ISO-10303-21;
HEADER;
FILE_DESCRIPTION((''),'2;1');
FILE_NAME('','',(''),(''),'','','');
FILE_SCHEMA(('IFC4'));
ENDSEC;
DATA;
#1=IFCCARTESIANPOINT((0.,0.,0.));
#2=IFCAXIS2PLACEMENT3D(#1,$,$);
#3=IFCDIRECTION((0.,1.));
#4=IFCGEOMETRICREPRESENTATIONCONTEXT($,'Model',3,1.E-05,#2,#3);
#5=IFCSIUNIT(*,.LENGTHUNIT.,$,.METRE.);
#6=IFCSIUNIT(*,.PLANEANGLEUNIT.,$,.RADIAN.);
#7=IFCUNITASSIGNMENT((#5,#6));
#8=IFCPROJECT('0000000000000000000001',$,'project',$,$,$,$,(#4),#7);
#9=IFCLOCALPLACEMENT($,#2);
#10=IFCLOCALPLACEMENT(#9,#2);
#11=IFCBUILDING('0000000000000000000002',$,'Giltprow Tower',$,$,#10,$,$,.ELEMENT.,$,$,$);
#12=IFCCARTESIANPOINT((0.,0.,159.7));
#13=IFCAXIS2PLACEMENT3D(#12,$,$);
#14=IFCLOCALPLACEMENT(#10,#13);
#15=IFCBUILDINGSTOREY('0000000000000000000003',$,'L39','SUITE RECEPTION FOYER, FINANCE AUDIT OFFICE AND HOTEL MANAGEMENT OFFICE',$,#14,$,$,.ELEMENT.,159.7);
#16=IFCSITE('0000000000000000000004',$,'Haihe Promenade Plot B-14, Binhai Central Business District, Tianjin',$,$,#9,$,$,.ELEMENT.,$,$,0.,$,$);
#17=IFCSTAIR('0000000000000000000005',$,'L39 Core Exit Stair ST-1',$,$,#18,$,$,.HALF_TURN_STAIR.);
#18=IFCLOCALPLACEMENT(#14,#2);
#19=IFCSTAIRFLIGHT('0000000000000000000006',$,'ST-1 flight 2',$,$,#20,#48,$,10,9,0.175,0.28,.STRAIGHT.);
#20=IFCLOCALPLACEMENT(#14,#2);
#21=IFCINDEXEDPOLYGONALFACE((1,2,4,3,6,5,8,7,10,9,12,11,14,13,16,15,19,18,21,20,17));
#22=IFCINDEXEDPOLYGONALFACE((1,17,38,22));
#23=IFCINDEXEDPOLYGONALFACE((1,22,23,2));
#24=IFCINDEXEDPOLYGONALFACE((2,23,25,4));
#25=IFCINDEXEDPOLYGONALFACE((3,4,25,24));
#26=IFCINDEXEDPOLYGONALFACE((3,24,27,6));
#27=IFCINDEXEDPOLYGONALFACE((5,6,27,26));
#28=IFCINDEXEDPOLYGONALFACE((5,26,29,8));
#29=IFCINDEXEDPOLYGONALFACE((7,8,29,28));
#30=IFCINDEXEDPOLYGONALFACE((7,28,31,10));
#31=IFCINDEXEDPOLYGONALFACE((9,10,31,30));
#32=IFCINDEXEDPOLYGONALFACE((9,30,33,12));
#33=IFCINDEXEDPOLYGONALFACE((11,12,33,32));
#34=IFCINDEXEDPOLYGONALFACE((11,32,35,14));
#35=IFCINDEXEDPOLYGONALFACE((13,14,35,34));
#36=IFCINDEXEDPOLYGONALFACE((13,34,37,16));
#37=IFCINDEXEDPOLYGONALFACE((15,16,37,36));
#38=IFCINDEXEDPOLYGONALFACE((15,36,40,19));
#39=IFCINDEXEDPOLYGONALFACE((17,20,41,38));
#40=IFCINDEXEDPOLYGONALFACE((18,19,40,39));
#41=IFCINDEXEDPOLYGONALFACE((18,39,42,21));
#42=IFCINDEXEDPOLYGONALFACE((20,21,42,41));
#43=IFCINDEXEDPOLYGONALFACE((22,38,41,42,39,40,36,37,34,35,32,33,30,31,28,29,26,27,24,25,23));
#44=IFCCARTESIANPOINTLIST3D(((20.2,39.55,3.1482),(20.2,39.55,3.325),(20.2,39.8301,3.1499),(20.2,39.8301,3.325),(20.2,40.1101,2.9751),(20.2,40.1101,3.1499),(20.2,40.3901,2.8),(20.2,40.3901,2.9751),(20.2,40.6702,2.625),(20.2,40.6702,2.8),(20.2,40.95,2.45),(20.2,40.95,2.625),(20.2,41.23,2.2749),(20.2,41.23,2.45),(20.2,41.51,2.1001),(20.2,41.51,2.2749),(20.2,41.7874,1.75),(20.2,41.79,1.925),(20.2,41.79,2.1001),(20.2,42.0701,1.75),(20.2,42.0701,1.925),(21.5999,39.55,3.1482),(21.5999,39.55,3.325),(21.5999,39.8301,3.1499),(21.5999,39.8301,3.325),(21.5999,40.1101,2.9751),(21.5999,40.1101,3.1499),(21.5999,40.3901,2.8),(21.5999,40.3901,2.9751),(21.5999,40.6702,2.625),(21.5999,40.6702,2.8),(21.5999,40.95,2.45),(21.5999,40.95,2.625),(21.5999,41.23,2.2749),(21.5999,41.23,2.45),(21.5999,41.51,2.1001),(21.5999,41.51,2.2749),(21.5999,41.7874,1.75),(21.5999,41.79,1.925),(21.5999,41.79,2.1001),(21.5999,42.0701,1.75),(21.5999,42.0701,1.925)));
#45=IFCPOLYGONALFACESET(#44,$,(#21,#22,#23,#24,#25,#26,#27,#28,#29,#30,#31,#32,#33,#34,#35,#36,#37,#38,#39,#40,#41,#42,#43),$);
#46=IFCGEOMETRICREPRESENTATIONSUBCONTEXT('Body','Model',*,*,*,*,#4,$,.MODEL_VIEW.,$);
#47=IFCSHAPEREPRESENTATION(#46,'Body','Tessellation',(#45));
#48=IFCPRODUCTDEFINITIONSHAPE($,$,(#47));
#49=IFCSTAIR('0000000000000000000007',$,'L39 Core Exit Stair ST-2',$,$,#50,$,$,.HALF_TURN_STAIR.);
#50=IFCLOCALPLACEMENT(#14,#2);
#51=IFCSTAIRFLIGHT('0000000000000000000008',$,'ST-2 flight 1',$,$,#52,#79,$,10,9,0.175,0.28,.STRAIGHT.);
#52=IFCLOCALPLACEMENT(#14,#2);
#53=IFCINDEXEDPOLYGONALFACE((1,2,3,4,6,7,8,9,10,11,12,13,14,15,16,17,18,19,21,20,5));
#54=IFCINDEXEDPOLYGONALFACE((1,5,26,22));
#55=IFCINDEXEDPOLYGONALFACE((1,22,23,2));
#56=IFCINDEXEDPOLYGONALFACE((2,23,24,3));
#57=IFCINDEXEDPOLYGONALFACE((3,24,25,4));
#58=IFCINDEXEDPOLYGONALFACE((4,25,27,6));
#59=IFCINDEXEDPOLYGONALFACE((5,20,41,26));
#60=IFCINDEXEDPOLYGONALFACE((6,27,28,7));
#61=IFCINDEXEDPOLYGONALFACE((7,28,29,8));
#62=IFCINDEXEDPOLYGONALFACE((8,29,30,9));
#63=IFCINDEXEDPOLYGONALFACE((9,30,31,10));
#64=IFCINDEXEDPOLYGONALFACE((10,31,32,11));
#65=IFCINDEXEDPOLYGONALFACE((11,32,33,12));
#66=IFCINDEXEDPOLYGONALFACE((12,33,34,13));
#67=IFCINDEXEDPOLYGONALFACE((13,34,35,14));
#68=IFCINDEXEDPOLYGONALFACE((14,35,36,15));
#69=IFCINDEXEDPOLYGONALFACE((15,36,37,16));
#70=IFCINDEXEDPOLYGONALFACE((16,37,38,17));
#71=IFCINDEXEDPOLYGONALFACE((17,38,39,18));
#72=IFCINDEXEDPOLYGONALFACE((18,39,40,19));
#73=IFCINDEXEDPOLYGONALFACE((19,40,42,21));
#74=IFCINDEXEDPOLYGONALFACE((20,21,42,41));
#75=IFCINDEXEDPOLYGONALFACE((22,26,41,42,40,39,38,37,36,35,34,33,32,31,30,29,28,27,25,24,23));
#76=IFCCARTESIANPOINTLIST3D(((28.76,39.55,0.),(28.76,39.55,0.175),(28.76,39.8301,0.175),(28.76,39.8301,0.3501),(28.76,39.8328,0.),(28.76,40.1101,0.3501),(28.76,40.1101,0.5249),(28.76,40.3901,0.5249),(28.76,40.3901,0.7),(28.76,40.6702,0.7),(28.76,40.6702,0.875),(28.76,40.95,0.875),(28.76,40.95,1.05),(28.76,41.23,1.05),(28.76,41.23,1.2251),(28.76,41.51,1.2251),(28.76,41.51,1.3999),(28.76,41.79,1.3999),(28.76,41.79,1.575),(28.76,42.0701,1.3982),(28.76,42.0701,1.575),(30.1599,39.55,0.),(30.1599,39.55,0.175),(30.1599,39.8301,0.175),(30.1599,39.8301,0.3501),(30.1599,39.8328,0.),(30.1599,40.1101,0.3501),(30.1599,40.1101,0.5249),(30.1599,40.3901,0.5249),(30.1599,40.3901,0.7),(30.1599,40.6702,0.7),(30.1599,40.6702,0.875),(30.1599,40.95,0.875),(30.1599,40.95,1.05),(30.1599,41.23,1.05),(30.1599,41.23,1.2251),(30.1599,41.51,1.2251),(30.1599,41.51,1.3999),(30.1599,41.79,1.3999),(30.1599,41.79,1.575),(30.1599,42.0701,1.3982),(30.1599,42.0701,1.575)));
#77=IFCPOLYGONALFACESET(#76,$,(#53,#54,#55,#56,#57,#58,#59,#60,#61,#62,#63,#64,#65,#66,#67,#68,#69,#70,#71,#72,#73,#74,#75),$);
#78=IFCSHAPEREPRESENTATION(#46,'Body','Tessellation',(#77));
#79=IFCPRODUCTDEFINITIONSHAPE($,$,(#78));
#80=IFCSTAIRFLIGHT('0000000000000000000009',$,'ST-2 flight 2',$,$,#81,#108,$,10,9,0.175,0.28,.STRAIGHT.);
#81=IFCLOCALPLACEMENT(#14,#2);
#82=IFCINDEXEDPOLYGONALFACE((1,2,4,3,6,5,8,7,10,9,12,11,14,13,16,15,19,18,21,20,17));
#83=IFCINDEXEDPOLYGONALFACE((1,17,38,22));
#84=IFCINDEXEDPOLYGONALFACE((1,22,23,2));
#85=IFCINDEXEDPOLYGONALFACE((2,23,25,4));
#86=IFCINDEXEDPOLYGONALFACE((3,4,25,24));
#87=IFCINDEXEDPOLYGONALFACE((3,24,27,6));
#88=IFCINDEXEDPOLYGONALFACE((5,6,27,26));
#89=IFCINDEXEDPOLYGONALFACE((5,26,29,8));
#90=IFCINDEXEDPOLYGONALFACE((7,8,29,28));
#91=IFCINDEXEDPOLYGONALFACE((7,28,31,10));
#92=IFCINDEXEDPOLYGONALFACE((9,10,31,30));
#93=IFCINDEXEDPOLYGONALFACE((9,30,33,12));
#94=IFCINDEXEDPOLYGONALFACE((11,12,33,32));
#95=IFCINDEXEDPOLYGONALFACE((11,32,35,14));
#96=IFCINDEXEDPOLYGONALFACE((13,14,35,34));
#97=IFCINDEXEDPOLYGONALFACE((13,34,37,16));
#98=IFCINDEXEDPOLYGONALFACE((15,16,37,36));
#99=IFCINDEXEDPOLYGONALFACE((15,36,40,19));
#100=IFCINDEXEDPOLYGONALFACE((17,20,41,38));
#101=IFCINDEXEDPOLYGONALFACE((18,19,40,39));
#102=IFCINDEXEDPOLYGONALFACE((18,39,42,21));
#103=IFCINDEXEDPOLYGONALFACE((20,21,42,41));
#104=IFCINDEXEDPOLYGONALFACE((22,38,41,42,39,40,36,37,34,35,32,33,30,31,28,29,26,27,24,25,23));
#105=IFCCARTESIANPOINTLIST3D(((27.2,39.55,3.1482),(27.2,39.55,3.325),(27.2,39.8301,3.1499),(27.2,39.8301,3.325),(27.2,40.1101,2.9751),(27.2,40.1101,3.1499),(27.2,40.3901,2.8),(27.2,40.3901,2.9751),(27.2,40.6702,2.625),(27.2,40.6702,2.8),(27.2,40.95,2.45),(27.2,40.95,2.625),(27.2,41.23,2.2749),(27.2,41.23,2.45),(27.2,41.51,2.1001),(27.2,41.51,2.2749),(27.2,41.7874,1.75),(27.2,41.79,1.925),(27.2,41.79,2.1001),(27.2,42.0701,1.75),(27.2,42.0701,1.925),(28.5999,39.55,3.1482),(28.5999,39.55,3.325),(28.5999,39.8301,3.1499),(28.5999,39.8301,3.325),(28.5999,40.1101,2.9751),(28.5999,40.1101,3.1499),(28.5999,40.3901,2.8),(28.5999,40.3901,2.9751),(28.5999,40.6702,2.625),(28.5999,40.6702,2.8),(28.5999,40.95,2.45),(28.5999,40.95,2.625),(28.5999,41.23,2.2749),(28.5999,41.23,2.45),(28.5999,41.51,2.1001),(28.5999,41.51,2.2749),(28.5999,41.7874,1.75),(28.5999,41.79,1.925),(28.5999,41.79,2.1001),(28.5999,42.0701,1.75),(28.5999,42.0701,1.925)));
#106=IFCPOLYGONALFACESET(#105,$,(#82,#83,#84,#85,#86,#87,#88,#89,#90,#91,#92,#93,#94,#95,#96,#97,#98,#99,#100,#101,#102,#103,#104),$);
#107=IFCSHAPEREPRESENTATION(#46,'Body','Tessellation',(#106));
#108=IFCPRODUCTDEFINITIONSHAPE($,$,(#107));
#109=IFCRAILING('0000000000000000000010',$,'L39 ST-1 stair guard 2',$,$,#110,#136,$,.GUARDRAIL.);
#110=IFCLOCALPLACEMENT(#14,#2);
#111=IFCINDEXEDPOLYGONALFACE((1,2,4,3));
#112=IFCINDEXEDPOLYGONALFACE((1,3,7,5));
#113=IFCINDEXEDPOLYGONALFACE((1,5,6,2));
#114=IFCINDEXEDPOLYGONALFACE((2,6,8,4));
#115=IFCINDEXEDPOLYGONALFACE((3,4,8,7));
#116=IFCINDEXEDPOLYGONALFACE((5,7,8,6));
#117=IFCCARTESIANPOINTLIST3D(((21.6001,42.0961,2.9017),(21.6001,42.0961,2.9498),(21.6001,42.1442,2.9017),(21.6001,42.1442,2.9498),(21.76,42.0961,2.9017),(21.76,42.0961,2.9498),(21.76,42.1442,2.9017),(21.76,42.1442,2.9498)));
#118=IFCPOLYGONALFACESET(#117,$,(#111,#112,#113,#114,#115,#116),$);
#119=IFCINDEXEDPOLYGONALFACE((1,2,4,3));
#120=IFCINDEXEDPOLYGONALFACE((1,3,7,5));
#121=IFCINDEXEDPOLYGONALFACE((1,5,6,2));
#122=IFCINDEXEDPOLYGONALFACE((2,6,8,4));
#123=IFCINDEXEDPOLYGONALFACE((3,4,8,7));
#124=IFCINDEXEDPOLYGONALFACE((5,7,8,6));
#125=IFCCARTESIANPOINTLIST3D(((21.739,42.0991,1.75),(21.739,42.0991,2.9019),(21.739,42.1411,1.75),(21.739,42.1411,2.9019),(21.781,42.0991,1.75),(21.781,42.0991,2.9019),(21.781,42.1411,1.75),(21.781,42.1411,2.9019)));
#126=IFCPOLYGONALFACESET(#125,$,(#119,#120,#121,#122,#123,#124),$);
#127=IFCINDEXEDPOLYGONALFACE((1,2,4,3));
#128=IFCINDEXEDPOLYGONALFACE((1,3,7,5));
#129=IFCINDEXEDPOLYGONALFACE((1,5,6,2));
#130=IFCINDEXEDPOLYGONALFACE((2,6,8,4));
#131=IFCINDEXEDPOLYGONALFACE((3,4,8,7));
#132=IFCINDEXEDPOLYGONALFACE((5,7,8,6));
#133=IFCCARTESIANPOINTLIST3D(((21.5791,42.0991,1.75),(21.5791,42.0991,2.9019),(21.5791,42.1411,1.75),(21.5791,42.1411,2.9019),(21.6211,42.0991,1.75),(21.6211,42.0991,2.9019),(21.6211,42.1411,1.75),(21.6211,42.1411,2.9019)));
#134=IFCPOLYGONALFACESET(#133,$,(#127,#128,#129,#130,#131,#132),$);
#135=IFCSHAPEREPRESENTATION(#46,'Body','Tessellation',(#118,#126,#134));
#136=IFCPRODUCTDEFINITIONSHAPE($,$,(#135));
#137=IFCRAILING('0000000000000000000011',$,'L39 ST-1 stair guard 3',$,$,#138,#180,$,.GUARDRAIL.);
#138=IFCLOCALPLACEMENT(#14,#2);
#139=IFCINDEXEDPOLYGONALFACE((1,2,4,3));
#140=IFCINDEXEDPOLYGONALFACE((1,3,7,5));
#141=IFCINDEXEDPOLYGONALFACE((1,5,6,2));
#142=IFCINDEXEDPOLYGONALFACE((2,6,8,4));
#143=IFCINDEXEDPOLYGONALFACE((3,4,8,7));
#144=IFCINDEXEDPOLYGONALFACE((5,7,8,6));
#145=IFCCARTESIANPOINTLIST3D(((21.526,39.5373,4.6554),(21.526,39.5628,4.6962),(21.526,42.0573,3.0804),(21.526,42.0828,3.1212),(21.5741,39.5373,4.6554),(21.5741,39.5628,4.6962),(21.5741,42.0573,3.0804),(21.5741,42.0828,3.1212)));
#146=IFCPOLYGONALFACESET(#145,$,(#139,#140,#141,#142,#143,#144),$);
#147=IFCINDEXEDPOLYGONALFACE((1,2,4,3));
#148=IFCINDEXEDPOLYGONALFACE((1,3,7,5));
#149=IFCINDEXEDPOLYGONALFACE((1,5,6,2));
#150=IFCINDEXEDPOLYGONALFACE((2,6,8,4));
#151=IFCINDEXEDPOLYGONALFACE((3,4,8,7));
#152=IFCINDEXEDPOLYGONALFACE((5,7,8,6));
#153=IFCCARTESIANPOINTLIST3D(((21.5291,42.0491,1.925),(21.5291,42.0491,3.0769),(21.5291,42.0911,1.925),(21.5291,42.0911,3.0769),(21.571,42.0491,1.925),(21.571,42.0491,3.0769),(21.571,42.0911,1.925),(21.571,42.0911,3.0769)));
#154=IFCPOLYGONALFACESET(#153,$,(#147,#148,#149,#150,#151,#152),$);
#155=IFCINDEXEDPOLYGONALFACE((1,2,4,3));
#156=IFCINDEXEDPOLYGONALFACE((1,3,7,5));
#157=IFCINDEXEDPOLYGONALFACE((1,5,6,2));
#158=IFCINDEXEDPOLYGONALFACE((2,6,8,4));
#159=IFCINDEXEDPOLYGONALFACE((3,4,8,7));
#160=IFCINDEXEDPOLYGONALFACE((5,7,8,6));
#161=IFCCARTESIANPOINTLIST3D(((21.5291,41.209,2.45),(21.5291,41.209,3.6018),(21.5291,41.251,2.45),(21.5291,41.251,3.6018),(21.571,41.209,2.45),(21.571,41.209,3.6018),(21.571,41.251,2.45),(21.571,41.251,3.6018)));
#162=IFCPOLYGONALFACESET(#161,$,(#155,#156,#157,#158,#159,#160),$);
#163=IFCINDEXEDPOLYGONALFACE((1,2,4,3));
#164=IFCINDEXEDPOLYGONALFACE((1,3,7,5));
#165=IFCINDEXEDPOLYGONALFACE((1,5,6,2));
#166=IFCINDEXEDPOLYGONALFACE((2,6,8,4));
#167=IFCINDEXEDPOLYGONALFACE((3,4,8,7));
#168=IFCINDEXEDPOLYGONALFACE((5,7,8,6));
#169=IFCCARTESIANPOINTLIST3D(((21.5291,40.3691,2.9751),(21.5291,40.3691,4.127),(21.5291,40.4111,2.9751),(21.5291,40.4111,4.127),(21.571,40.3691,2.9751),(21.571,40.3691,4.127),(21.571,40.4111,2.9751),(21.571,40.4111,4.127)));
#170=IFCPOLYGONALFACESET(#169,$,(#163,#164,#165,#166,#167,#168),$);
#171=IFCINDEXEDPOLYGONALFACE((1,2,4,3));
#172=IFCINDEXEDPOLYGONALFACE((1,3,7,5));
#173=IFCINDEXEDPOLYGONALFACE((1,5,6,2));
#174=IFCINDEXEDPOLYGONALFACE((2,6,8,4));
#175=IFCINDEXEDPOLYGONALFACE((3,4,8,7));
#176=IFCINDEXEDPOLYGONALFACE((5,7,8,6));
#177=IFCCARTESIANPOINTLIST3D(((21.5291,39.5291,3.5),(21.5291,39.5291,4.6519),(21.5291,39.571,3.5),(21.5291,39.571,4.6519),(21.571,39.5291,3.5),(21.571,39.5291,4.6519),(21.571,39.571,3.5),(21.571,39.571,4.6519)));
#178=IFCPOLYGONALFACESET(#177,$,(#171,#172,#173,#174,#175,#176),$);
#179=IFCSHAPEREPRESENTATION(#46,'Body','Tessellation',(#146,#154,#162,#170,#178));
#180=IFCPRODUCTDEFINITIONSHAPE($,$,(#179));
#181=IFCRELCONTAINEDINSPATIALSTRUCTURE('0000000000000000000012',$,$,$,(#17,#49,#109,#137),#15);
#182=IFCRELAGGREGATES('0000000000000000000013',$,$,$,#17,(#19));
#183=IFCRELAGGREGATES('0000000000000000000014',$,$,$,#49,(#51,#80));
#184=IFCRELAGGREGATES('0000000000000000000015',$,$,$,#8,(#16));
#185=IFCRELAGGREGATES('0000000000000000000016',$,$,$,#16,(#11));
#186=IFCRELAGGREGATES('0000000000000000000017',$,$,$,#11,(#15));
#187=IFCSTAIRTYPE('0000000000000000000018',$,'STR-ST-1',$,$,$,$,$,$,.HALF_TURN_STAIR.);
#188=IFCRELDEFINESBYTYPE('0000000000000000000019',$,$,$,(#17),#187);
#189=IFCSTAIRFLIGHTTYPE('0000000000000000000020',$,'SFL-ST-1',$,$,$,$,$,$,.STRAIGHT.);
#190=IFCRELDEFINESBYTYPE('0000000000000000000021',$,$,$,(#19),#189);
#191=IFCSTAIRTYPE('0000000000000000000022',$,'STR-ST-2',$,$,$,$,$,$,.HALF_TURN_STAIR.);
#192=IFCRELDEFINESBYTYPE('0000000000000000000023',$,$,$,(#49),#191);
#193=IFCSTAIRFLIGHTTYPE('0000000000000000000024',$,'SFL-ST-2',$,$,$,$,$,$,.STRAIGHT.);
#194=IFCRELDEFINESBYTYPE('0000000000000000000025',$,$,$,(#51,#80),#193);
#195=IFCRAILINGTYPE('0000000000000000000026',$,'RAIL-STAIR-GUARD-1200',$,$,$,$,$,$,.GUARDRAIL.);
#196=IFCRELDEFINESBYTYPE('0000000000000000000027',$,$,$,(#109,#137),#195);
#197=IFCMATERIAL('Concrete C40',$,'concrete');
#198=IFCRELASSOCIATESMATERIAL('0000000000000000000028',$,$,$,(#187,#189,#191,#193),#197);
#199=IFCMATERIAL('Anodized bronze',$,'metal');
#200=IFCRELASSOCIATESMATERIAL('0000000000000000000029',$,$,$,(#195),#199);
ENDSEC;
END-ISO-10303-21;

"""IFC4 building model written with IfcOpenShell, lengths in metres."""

from ifc_helpers import new_model, si_unit, direction, frame, origin, origin_2d, place, context, subcontext, project, spatial, polyline, rectangle, outline, extrude, material, type_object, element, aggregate, save


model = new_model("IFC4")

# Units and contexts
model_context = context("Model", 3, precision=1e-05, world=origin(), true_north=direction((0.0, 1.0)))
body_context = subcontext(model_context, "Body", "Model", "MODEL_VIEW")
ifc_project = project(units=[si_unit("LENGTHUNIT", "METRE"), si_unit("PLANEANGLEUNIT", "RADIAN")], contexts=[model_context])

# Site, building, storey
site_placement = place(None, origin())
site = spatial("IfcSite", under=ifc_project, at=site_placement, Name="Haihe Promenade Plot B-14, Binhai Central Business District, Tianjin", CompositionType="ELEMENT", RefElevation=0.0)
building_placement = place(site_placement, origin())
building = spatial("IfcBuilding", under=site, at=building_placement, Name="Giltprow Tower", CompositionType="ELEMENT")
storey_placement = place(building_placement, frame((0.0, 0.0, 159.7)))
storey = spatial("IfcBuildingStorey", under=building, at=storey_placement, Name="L39", Description="SUITE RECEPTION FOYER, FINANCE AUDIT OFFICE AND HOTEL MANAGEMENT OFFICE", CompositionType="ELEMENT", Elevation=159.7)

# Shared definitions
ifc_material_1 = material(Name="Concrete C40", Category="concrete")

# Stair, stair flight
stair_type_1 = type_object("IfcStairType", Name="STR-ST-1", PredefinedType="HALF_TURN_STAIR", material=ifc_material_1)
stair_1_placement = place(storey_placement, origin())
stair_1 = element("IfcStair", 1, at=stair_1_placement, inside=storey, type_object=stair_type_1, Name="L39 Core Exit Stair ST-1", PredefinedType="HALF_TURN_STAIR")
stair_flight_type_1 = type_object("IfcStairFlightType", Name="SFL-ST-1", PredefinedType="STRAIGHT", material=ifc_material_1)
stair_flight_1_placement = place(storey_placement, frame((20.8999, 42.0701, 1.75), z_axis=(0.0, 0.0, 1.0), x_axis=(0.0, -1.0, 0.0)))
stair_flight_1 = element("IfcStairFlight", 2, at=stair_flight_1_placement, type_object=stair_flight_type_1, Name="ST-1 flight 2", NumberOfRisers=10, NumberOfTreads=9, PredefinedType="STRAIGHT", RiserHeight=0.175, TreadLength=0.28, context=body_context, shape_type="SweptSolid", body=[
    extrude(outline(polyline([(0.0, 0.0), (0.0, 0.175), (0.28, 0.175), (0.28, 0.3501), (0.5601, 0.3501), (0.5601, 0.5249), (0.8401, 0.5249), (0.8401, 0.7), (1.1201, 0.7), (1.1201, 0.875), (1.3999, 0.875), (1.3999, 1.05), (1.6799, 1.05), (1.6799, 1.2251), (1.96, 1.2251), (1.96, 1.3999), (2.24, 1.3999), (2.24, 1.575), (2.52, 1.575), (2.52, 1.75), (2.52, 1.3982), (0.2827, 0.0), (0.0, 0.0)])), frame((0.0, 0.7, 0.0), z_axis=(0.0, -1.0, 0.0), x_axis=(1.0, 0.0, 0.0)), (0.0, 0.0, 1.0), 1.3999),
])
aggregate(stair_1, [stair_flight_1])

# Stair, stair flights
stair_type_2 = type_object("IfcStairType", Name="STR-ST-2", PredefinedType="HALF_TURN_STAIR", material=ifc_material_1)
stair_2_placement = place(storey_placement, origin())
stair_2 = element("IfcStair", 3, at=stair_2_placement, inside=storey, type_object=stair_type_2, Name="L39 Core Exit Stair ST-2", PredefinedType="HALF_TURN_STAIR")
stair_flight_type_2 = type_object("IfcStairFlightType", Name="SFL-ST-2", PredefinedType="STRAIGHT", material=ifc_material_1)
stair_flight_2_placement = place(storey_placement, frame((29.46, 39.55, 0.0), z_axis=(0.0, 0.0, 1.0), x_axis=(0.0, 1.0, 0.0)))
stair_flight_2 = element("IfcStairFlight", 4, at=stair_flight_2_placement, type_object=stair_flight_type_2, Name="ST-2 flight 1", NumberOfRisers=10, NumberOfTreads=9, PredefinedType="STRAIGHT", RiserHeight=0.175, TreadLength=0.28, context=body_context, shape_type="SweptSolid", body=[
    extrude(outline(polyline([(0.0, 0.0), (0.0, 0.175), (0.28, 0.175), (0.28, 0.3501), (0.5601, 0.3501), (0.5601, 0.5249), (0.8401, 0.5249), (0.8401, 0.7), (1.1201, 0.7), (1.1201, 0.875), (1.3999, 0.875), (1.3999, 1.05), (1.6799, 1.05), (1.6799, 1.2251), (1.96, 1.2251), (1.96, 1.3999), (2.24, 1.3999), (2.24, 1.575), (2.52, 1.575), (2.52, 1.75), (2.52, 1.3982), (0.2827, 0.0), (0.0, 0.0)])), frame((0.0, 0.7, 0.0), z_axis=(0.0, -1.0, 0.0), x_axis=(1.0, 0.0, 0.0)), (0.0, 0.0, 1.0), 1.3999),
])
stair_flight_3_placement = place(storey_placement, frame((27.8999, 42.0701, 1.75), z_axis=(0.0, 0.0, 1.0), x_axis=(0.0, -1.0, 0.0)))
stair_flight_3 = element("IfcStairFlight", 5, at=stair_flight_3_placement, type_object=stair_flight_type_2, Name="ST-2 flight 2", NumberOfRisers=10, NumberOfTreads=9, PredefinedType="STRAIGHT", RiserHeight=0.175, TreadLength=0.28, context=body_context, shape_type="SweptSolid", body=[
    extrude(outline(polyline([(0.0, 0.0), (0.0, 0.175), (0.28, 0.175), (0.28, 0.3501), (0.5601, 0.3501), (0.5601, 0.5249), (0.8401, 0.5249), (0.8401, 0.7), (1.1201, 0.7), (1.1201, 0.875), (1.3999, 0.875), (1.3999, 1.05), (1.6799, 1.05), (1.6799, 1.2251), (1.96, 1.2251), (1.96, 1.3999), (2.24, 1.3999), (2.24, 1.575), (2.52, 1.575), (2.52, 1.75), (2.52, 1.3982), (0.2827, 0.0), (0.0, 0.0)])), frame((0.0, 0.7, 0.0), z_axis=(0.0, -1.0, 0.0), x_axis=(1.0, 0.0, 0.0)), (0.0, 0.0, 1.0), 1.3999),
])
aggregate(stair_2, [stair_flight_2, stair_flight_3])

# Railings
ifc_material_2 = material(Name="Anodized bronze", Category="metal")
railing_type_1 = type_object("IfcRailingType", Name="RAIL-STAIR-GUARD-1200", PredefinedType="GUARDRAIL", material=ifc_material_2)
railing_1_placement = place(storey_placement, frame((21.76, 42.1201, 1.75)))
element("IfcRailing", 6, at=railing_1_placement, inside=storey, type_object=railing_type_1, Name="L39 ST-1 stair guard 2", PredefinedType="GUARDRAIL", context=body_context, shape_type="SweptSolid", body=[
    extrude(rectangle(XDim=0.0481, YDim=0.0481, at=origin_2d()), frame((0.0, 0.0, 1.1758), z_axis=(-1.0, 0.0, 0.0), x_axis=(0.0, -1.0, 0.0)), (0.0, 0.0, 1.0), 0.1599),
    extrude(rectangle(XDim=0.042, YDim=0.042, at=origin_2d()), origin(), (0.0, 0.0, 1.0), 1.1519),
    extrude(rectangle(XDim=0.042, YDim=0.042, at=origin_2d()), frame((-0.1599, 0.0, 0.0)), (0.0, 0.0, 1.0), 1.1519),
])
railing_2_placement = place(storey_placement, frame((21.55, 42.0701, 1.925)))
element("IfcRailing", 7, at=railing_2_placement, inside=storey, type_object=railing_type_1, Name="L39 ST-1 stair guard 3", PredefinedType="GUARDRAIL", context=body_context, shape_type="SweptSolid", body=[
    extrude(rectangle(XDim=0.0481, YDim=0.0481, at=origin_2d()), frame((0.0, 0.0, 1.1758), z_axis=(0.0, -0.848008, 0.529984), x_axis=(1.0, 0.0, 0.0)), (0.0, 0.0, 1.0), 2.9717),
    extrude(rectangle(XDim=0.042, YDim=0.042, at=origin_2d()), origin(), (0.0, 0.0, 1.0), 1.1519),
    extrude(rectangle(XDim=0.042, YDim=0.042, at=origin_2d()), frame((0.0, -0.8401, 0.5249)), (0.0, 0.0, 1.0), 1.1519),
    extrude(rectangle(XDim=0.042, YDim=0.042, at=origin_2d()), frame((0.0, -1.6799, 1.05)), (0.0, 0.0, 1.0), 1.1519),
    extrude(rectangle(XDim=0.042, YDim=0.042, at=origin_2d()), frame((0.0, -2.52, 1.575)), (0.0, 0.0, 1.0), 1.1519),
])

save(model, "model.ifc")
